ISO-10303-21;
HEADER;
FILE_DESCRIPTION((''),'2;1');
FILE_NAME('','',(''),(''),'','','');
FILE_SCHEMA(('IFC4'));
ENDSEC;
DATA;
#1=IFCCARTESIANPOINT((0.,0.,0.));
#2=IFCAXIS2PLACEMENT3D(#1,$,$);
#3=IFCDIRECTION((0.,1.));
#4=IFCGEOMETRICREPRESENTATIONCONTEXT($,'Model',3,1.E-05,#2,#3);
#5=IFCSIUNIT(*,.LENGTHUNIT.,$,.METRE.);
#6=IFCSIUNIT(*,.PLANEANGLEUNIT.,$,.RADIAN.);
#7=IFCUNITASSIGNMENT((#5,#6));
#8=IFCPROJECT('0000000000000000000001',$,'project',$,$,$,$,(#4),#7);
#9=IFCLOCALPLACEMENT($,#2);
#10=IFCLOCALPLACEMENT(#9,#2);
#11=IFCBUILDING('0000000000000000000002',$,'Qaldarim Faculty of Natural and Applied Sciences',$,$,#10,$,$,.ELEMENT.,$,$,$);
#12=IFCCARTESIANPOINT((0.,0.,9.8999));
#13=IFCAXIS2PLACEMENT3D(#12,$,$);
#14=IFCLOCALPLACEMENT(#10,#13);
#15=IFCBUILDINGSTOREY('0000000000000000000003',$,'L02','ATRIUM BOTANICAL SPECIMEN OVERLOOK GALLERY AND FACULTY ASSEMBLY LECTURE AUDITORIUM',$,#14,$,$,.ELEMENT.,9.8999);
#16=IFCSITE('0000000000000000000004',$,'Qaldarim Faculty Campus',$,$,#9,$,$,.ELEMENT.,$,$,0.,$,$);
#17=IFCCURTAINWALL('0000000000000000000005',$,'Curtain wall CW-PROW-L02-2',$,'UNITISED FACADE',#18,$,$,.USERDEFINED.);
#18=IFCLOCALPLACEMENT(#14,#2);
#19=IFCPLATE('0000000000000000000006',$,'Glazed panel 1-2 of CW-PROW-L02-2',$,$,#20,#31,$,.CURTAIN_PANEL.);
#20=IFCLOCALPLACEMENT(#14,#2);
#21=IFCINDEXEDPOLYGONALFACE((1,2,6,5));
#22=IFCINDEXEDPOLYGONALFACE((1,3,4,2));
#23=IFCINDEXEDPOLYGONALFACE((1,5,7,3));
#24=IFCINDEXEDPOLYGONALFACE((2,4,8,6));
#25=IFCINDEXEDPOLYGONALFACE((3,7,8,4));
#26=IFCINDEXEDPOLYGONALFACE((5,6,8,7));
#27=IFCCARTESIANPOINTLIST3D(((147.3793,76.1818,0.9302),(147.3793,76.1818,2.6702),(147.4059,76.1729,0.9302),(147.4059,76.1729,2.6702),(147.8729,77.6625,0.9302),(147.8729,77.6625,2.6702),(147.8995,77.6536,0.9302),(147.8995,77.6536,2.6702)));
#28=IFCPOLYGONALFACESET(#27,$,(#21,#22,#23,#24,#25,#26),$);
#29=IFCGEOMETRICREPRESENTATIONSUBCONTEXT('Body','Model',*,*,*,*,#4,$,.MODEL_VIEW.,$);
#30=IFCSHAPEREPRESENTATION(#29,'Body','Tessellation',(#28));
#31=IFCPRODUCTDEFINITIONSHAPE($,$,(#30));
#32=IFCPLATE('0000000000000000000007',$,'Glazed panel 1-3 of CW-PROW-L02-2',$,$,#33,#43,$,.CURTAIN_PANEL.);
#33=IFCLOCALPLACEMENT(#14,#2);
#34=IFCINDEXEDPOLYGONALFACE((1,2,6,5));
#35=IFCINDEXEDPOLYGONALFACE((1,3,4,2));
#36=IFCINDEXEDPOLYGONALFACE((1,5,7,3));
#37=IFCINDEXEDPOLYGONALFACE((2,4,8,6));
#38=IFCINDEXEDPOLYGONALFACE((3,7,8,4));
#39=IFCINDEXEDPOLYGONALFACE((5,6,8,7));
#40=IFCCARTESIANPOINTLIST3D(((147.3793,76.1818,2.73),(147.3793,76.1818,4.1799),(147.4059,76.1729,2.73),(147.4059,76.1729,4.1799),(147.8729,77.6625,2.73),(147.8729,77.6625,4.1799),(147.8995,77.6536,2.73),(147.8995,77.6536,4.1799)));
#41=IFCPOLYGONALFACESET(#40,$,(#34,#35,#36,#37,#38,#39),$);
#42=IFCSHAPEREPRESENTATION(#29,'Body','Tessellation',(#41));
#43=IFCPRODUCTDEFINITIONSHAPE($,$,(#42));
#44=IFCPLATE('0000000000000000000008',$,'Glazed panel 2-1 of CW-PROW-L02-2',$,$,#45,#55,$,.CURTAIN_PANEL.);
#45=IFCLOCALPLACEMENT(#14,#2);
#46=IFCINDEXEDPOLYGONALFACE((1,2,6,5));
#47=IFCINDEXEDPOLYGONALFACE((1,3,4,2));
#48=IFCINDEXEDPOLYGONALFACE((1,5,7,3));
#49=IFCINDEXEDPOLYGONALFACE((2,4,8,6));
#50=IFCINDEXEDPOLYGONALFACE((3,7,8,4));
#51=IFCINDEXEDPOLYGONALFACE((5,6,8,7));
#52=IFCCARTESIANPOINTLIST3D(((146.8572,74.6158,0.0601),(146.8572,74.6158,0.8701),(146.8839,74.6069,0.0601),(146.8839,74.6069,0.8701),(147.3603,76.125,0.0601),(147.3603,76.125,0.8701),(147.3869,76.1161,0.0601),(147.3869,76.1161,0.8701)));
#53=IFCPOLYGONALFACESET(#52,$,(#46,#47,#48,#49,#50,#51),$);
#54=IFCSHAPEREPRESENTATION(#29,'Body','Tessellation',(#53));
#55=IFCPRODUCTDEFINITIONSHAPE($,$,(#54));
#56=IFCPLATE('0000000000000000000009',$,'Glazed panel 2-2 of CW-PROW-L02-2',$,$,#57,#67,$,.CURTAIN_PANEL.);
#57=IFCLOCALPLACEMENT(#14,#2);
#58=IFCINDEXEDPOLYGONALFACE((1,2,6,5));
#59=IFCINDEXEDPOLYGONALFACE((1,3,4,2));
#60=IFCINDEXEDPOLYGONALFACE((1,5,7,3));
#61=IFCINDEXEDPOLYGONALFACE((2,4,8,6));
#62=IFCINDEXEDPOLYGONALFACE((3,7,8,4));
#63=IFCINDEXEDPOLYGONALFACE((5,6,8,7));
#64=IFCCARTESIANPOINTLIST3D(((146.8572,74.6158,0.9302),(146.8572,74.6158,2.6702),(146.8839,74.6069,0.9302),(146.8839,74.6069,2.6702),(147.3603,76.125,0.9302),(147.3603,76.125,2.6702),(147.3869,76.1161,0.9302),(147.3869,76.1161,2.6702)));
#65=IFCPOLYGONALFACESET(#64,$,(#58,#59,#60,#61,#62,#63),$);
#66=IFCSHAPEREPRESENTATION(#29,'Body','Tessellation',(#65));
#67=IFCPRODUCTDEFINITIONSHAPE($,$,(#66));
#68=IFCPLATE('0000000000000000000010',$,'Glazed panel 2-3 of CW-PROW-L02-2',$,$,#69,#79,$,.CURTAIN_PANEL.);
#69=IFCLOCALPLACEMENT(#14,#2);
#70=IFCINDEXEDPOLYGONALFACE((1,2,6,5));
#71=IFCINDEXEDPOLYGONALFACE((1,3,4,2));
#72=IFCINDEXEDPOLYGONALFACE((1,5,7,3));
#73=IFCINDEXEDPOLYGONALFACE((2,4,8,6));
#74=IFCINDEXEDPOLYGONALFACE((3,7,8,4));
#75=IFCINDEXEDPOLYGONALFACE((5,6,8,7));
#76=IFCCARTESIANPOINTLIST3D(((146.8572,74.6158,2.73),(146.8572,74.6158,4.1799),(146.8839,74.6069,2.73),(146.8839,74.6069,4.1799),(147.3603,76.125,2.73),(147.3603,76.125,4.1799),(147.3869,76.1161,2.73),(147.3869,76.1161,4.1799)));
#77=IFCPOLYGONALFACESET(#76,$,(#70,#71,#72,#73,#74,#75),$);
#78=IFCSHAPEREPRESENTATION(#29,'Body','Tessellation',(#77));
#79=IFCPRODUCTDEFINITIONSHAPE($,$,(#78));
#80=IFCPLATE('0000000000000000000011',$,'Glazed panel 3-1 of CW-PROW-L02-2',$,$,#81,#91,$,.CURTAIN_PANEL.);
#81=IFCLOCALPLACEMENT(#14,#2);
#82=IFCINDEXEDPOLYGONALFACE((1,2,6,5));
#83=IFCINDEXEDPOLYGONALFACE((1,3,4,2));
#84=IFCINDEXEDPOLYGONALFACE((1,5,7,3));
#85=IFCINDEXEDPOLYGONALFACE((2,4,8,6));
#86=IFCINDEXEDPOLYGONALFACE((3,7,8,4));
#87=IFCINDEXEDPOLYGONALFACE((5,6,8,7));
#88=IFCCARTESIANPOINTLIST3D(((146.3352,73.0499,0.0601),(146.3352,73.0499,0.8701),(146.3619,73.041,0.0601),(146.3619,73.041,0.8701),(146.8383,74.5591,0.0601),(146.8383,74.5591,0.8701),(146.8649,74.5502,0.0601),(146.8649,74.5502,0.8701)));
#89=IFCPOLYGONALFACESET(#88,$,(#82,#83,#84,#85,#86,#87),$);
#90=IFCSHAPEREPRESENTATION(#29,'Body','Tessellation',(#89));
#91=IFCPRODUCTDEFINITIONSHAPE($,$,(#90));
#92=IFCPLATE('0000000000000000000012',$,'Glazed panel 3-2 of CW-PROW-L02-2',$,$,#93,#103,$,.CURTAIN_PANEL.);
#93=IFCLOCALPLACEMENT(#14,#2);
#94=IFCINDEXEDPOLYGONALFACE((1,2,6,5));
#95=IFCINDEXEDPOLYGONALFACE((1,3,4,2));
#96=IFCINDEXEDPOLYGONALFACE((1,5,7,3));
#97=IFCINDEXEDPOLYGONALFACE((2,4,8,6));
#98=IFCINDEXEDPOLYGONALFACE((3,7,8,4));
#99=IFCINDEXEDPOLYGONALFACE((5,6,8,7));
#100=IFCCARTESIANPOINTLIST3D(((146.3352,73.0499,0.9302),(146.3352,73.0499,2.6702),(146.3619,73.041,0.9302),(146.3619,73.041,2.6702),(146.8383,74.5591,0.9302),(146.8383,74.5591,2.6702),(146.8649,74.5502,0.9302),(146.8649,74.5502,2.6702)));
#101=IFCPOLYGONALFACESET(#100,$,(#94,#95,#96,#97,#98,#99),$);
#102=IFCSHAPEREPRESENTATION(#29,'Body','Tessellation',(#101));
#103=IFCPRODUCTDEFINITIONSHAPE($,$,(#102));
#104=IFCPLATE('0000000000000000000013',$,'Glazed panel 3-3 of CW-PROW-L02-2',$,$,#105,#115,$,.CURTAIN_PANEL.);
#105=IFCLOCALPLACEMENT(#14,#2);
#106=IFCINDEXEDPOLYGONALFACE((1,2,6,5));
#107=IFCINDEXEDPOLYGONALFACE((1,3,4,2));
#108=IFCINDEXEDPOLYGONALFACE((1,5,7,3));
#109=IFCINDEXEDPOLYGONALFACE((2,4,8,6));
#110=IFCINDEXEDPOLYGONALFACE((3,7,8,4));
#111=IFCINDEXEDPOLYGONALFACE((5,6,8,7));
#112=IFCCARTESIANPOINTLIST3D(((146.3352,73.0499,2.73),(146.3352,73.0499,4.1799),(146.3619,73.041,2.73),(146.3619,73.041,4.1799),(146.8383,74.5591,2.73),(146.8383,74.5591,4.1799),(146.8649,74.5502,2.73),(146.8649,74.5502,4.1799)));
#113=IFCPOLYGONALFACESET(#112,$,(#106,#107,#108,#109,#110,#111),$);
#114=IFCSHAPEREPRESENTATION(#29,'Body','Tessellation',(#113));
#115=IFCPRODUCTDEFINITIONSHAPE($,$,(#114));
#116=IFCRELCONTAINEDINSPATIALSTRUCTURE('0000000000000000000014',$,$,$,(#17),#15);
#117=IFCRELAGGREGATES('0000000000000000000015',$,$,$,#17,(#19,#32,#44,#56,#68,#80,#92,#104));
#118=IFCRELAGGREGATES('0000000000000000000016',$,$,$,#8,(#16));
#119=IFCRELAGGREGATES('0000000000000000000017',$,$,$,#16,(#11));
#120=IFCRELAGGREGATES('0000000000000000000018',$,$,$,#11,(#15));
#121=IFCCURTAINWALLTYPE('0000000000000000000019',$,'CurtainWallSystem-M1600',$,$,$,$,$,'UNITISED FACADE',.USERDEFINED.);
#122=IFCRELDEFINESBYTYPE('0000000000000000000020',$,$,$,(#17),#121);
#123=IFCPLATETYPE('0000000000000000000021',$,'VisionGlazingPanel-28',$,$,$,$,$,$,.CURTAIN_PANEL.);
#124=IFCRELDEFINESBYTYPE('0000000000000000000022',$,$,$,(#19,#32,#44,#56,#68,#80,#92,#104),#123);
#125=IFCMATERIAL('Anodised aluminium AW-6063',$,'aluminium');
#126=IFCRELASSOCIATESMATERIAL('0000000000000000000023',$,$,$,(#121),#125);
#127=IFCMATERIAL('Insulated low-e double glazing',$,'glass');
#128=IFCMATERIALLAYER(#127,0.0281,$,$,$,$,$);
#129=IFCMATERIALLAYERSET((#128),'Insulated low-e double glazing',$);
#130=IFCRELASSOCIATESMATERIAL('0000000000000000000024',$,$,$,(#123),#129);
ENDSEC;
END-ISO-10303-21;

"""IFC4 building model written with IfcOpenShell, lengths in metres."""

from ifc_helpers import new_model, si_unit, direction, frame, origin, origin_2d, place, context, subcontext, project, spatial, rectangle, extrude, material, layer, layer_set, type_object, element, aggregate, save


model = new_model("IFC4")

# Units and contexts
model_context = context("Model", 3, precision=1e-05, world=origin(), true_north=direction((0.0, 1.0)))
body_context = subcontext(model_context, "Body", "Model", "MODEL_VIEW")
ifc_project = project(units=[si_unit("LENGTHUNIT", "METRE"), si_unit("PLANEANGLEUNIT", "RADIAN")], contexts=[model_context])

# Site, building, storey
site_placement = place(None, origin())
site = spatial("IfcSite", under=ifc_project, at=site_placement, Name="Qaldarim Faculty Campus", CompositionType="ELEMENT", RefElevation=0.0)
building_placement = place(site_placement, origin())
building = spatial("IfcBuilding", under=site, at=building_placement, Name="Qaldarim Faculty of Natural and Applied Sciences", CompositionType="ELEMENT")
storey_placement = place(building_placement, frame((0.0, 0.0, 9.8999)))
storey = spatial("IfcBuildingStorey", under=building, at=storey_placement, Name="L02", Description="ATRIUM BOTANICAL SPECIMEN OVERLOOK GALLERY AND FACULTY ASSEMBLY LECTURE AUDITORIUM", CompositionType="ELEMENT", Elevation=9.8999)

# Curtain wall, plates
ifc_material_1 = material(Name="Anodised aluminium AW-6063", Category="aluminium")
curtain_wall_type = type_object("IfcCurtainWallType", Name="CurtainWallSystem-M1600", ElementType="UNITISED FACADE", PredefinedType="USERDEFINED", material=ifc_material_1)
curtain_wall_placement = place(storey_placement, origin())
curtain_wall = element("IfcCurtainWall", 1, at=curtain_wall_placement, inside=storey, type_object=curtain_wall_type, Name="Curtain wall CW-PROW-L02-2", ObjectType="UNITISED FACADE", PredefinedType="USERDEFINED")
ifc_material_2 = material(Name="Insulated low-e double glazing", Category="glass")
ifc_layer = layer(ifc_material_2, 0.0281)
ifc_layer_set = layer_set([ifc_layer], Name="Insulated low-e double glazing")
plate_type = type_object("IfcPlateType", Name="VisionGlazingPanel-28", PredefinedType="CURTAIN_PANEL", material=ifc_layer_set)
plate_1_placement = place(storey_placement, frame((147.6394, 76.9177, 0.9302), z_axis=(0.0, 0.0, 1.0), x_axis=(-0.316229, -0.948683, 0.0)))
plate_1 = element("IfcPlate", 2, at=plate_1_placement, type_object=plate_type, Name="Glazed panel 1-2 of CW-PROW-L02-2", PredefinedType="CURTAIN_PANEL", context=body_context, shape_type="SweptSolid", body=[
    extrude(rectangle(XDim=1.5608, YDim=0.0281, at=origin_2d()), origin(), (0.0, 0.0, 1.0), 1.74),
])
plate_2_placement = place(storey_placement, frame((147.6394, 76.9177, 2.73), z_axis=(0.0, 0.0, 1.0), x_axis=(-0.316229, -0.948683, 0.0)))
plate_2 = element("IfcPlate", 3, at=plate_2_placement, type_object=plate_type, Name="Glazed panel 1-3 of CW-PROW-L02-2", PredefinedType="CURTAIN_PANEL", context=body_context, shape_type="SweptSolid", body=[
    extrude(rectangle(XDim=1.5608, YDim=0.0281, at=origin_2d()), origin(), (0.0, 0.0, 1.0), 1.45),
])
plate_3_placement = place(storey_placement, frame((147.1221, 75.366, 0.0601), z_axis=(0.0, 0.0, 1.0), x_axis=(-0.316229, -0.948683, 0.0)))
plate_3 = element("IfcPlate", 4, at=plate_3_placement, type_object=plate_type, Name="Glazed panel 2-1 of CW-PROW-L02-2", PredefinedType="CURTAIN_PANEL", context=body_context, shape_type="SweptSolid", body=[
    extrude(rectangle(XDim=1.5908, YDim=0.0281, at=origin_2d()), origin(), (0.0, 0.0, 1.0), 0.8101),
])
plate_4_placement = place(storey_placement, frame((147.1221, 75.366, 0.9302), z_axis=(0.0, 0.0, 1.0), x_axis=(-0.316229, -0.948683, 0.0)))
plate_4 = element("IfcPlate", 5, at=plate_4_placement, type_object=plate_type, Name="Glazed panel 2-2 of CW-PROW-L02-2", PredefinedType="CURTAIN_PANEL", context=body_context, shape_type="SweptSolid", body=[
    extrude(rectangle(XDim=1.5908, YDim=0.0281, at=origin_2d()), origin(), (0.0, 0.0, 1.0), 1.74),
])
plate_5_placement = place(storey_placement, frame((147.1221, 75.366, 2.73), z_axis=(0.0, 0.0, 1.0), x_axis=(-0.316229, -0.948683, 0.0)))
plate_5 = element("IfcPlate", 6, at=plate_5_placement, type_object=plate_type, Name="Glazed panel 2-3 of CW-PROW-L02-2", PredefinedType="CURTAIN_PANEL", context=body_context, shape_type="SweptSolid", body=[
    extrude(rectangle(XDim=1.5908, YDim=0.0281, at=origin_2d()), origin(), (0.0, 0.0, 1.0), 1.45),
])
plate_6_placement = place(storey_placement, frame((146.6001, 73.8, 0.0601), z_axis=(0.0, 0.0, 1.0), x_axis=(-0.316229, -0.948683, 0.0)))
plate_6 = element("IfcPlate", 7, at=plate_6_placement, type_object=plate_type, Name="Glazed panel 3-1 of CW-PROW-L02-2", PredefinedType="CURTAIN_PANEL", context=body_context, shape_type="SweptSolid", body=[
    extrude(rectangle(XDim=1.5908, YDim=0.0281, at=origin_2d()), origin(), (0.0, 0.0, 1.0), 0.8101),
])
plate_7_placement = place(storey_placement, frame((146.6001, 73.8, 0.9302), z_axis=(0.0, 0.0, 1.0), x_axis=(-0.316229, -0.948683, 0.0)))
plate_7 = element("IfcPlate", 8, at=plate_7_placement, type_object=plate_type, Name="Glazed panel 3-2 of CW-PROW-L02-2", PredefinedType="CURTAIN_PANEL", context=body_context, shape_type="SweptSolid", body=[
    extrude(rectangle(XDim=1.5908, YDim=0.0281, at=origin_2d()), origin(), (0.0, 0.0, 1.0), 1.74),
])
plate_8_placement = place(storey_placement, frame((146.6001, 73.8, 2.73), z_axis=(0.0, 0.0, 1.0), x_axis=(-0.316229, -0.948683, 0.0)))
plate_8 = element("IfcPlate", 9, at=plate_8_placement, type_object=plate_type, Name="Glazed panel 3-3 of CW-PROW-L02-2", PredefinedType="CURTAIN_PANEL", context=body_context, shape_type="SweptSolid", body=[
    extrude(rectangle(XDim=1.5908, YDim=0.0281, at=origin_2d()), origin(), (0.0, 0.0, 1.0), 1.45),
])
aggregate(curtain_wall, [plate_1, plate_2, plate_3, plate_4, plate_5, plate_6, plate_7, plate_8])

save(model, "model.ifc")
